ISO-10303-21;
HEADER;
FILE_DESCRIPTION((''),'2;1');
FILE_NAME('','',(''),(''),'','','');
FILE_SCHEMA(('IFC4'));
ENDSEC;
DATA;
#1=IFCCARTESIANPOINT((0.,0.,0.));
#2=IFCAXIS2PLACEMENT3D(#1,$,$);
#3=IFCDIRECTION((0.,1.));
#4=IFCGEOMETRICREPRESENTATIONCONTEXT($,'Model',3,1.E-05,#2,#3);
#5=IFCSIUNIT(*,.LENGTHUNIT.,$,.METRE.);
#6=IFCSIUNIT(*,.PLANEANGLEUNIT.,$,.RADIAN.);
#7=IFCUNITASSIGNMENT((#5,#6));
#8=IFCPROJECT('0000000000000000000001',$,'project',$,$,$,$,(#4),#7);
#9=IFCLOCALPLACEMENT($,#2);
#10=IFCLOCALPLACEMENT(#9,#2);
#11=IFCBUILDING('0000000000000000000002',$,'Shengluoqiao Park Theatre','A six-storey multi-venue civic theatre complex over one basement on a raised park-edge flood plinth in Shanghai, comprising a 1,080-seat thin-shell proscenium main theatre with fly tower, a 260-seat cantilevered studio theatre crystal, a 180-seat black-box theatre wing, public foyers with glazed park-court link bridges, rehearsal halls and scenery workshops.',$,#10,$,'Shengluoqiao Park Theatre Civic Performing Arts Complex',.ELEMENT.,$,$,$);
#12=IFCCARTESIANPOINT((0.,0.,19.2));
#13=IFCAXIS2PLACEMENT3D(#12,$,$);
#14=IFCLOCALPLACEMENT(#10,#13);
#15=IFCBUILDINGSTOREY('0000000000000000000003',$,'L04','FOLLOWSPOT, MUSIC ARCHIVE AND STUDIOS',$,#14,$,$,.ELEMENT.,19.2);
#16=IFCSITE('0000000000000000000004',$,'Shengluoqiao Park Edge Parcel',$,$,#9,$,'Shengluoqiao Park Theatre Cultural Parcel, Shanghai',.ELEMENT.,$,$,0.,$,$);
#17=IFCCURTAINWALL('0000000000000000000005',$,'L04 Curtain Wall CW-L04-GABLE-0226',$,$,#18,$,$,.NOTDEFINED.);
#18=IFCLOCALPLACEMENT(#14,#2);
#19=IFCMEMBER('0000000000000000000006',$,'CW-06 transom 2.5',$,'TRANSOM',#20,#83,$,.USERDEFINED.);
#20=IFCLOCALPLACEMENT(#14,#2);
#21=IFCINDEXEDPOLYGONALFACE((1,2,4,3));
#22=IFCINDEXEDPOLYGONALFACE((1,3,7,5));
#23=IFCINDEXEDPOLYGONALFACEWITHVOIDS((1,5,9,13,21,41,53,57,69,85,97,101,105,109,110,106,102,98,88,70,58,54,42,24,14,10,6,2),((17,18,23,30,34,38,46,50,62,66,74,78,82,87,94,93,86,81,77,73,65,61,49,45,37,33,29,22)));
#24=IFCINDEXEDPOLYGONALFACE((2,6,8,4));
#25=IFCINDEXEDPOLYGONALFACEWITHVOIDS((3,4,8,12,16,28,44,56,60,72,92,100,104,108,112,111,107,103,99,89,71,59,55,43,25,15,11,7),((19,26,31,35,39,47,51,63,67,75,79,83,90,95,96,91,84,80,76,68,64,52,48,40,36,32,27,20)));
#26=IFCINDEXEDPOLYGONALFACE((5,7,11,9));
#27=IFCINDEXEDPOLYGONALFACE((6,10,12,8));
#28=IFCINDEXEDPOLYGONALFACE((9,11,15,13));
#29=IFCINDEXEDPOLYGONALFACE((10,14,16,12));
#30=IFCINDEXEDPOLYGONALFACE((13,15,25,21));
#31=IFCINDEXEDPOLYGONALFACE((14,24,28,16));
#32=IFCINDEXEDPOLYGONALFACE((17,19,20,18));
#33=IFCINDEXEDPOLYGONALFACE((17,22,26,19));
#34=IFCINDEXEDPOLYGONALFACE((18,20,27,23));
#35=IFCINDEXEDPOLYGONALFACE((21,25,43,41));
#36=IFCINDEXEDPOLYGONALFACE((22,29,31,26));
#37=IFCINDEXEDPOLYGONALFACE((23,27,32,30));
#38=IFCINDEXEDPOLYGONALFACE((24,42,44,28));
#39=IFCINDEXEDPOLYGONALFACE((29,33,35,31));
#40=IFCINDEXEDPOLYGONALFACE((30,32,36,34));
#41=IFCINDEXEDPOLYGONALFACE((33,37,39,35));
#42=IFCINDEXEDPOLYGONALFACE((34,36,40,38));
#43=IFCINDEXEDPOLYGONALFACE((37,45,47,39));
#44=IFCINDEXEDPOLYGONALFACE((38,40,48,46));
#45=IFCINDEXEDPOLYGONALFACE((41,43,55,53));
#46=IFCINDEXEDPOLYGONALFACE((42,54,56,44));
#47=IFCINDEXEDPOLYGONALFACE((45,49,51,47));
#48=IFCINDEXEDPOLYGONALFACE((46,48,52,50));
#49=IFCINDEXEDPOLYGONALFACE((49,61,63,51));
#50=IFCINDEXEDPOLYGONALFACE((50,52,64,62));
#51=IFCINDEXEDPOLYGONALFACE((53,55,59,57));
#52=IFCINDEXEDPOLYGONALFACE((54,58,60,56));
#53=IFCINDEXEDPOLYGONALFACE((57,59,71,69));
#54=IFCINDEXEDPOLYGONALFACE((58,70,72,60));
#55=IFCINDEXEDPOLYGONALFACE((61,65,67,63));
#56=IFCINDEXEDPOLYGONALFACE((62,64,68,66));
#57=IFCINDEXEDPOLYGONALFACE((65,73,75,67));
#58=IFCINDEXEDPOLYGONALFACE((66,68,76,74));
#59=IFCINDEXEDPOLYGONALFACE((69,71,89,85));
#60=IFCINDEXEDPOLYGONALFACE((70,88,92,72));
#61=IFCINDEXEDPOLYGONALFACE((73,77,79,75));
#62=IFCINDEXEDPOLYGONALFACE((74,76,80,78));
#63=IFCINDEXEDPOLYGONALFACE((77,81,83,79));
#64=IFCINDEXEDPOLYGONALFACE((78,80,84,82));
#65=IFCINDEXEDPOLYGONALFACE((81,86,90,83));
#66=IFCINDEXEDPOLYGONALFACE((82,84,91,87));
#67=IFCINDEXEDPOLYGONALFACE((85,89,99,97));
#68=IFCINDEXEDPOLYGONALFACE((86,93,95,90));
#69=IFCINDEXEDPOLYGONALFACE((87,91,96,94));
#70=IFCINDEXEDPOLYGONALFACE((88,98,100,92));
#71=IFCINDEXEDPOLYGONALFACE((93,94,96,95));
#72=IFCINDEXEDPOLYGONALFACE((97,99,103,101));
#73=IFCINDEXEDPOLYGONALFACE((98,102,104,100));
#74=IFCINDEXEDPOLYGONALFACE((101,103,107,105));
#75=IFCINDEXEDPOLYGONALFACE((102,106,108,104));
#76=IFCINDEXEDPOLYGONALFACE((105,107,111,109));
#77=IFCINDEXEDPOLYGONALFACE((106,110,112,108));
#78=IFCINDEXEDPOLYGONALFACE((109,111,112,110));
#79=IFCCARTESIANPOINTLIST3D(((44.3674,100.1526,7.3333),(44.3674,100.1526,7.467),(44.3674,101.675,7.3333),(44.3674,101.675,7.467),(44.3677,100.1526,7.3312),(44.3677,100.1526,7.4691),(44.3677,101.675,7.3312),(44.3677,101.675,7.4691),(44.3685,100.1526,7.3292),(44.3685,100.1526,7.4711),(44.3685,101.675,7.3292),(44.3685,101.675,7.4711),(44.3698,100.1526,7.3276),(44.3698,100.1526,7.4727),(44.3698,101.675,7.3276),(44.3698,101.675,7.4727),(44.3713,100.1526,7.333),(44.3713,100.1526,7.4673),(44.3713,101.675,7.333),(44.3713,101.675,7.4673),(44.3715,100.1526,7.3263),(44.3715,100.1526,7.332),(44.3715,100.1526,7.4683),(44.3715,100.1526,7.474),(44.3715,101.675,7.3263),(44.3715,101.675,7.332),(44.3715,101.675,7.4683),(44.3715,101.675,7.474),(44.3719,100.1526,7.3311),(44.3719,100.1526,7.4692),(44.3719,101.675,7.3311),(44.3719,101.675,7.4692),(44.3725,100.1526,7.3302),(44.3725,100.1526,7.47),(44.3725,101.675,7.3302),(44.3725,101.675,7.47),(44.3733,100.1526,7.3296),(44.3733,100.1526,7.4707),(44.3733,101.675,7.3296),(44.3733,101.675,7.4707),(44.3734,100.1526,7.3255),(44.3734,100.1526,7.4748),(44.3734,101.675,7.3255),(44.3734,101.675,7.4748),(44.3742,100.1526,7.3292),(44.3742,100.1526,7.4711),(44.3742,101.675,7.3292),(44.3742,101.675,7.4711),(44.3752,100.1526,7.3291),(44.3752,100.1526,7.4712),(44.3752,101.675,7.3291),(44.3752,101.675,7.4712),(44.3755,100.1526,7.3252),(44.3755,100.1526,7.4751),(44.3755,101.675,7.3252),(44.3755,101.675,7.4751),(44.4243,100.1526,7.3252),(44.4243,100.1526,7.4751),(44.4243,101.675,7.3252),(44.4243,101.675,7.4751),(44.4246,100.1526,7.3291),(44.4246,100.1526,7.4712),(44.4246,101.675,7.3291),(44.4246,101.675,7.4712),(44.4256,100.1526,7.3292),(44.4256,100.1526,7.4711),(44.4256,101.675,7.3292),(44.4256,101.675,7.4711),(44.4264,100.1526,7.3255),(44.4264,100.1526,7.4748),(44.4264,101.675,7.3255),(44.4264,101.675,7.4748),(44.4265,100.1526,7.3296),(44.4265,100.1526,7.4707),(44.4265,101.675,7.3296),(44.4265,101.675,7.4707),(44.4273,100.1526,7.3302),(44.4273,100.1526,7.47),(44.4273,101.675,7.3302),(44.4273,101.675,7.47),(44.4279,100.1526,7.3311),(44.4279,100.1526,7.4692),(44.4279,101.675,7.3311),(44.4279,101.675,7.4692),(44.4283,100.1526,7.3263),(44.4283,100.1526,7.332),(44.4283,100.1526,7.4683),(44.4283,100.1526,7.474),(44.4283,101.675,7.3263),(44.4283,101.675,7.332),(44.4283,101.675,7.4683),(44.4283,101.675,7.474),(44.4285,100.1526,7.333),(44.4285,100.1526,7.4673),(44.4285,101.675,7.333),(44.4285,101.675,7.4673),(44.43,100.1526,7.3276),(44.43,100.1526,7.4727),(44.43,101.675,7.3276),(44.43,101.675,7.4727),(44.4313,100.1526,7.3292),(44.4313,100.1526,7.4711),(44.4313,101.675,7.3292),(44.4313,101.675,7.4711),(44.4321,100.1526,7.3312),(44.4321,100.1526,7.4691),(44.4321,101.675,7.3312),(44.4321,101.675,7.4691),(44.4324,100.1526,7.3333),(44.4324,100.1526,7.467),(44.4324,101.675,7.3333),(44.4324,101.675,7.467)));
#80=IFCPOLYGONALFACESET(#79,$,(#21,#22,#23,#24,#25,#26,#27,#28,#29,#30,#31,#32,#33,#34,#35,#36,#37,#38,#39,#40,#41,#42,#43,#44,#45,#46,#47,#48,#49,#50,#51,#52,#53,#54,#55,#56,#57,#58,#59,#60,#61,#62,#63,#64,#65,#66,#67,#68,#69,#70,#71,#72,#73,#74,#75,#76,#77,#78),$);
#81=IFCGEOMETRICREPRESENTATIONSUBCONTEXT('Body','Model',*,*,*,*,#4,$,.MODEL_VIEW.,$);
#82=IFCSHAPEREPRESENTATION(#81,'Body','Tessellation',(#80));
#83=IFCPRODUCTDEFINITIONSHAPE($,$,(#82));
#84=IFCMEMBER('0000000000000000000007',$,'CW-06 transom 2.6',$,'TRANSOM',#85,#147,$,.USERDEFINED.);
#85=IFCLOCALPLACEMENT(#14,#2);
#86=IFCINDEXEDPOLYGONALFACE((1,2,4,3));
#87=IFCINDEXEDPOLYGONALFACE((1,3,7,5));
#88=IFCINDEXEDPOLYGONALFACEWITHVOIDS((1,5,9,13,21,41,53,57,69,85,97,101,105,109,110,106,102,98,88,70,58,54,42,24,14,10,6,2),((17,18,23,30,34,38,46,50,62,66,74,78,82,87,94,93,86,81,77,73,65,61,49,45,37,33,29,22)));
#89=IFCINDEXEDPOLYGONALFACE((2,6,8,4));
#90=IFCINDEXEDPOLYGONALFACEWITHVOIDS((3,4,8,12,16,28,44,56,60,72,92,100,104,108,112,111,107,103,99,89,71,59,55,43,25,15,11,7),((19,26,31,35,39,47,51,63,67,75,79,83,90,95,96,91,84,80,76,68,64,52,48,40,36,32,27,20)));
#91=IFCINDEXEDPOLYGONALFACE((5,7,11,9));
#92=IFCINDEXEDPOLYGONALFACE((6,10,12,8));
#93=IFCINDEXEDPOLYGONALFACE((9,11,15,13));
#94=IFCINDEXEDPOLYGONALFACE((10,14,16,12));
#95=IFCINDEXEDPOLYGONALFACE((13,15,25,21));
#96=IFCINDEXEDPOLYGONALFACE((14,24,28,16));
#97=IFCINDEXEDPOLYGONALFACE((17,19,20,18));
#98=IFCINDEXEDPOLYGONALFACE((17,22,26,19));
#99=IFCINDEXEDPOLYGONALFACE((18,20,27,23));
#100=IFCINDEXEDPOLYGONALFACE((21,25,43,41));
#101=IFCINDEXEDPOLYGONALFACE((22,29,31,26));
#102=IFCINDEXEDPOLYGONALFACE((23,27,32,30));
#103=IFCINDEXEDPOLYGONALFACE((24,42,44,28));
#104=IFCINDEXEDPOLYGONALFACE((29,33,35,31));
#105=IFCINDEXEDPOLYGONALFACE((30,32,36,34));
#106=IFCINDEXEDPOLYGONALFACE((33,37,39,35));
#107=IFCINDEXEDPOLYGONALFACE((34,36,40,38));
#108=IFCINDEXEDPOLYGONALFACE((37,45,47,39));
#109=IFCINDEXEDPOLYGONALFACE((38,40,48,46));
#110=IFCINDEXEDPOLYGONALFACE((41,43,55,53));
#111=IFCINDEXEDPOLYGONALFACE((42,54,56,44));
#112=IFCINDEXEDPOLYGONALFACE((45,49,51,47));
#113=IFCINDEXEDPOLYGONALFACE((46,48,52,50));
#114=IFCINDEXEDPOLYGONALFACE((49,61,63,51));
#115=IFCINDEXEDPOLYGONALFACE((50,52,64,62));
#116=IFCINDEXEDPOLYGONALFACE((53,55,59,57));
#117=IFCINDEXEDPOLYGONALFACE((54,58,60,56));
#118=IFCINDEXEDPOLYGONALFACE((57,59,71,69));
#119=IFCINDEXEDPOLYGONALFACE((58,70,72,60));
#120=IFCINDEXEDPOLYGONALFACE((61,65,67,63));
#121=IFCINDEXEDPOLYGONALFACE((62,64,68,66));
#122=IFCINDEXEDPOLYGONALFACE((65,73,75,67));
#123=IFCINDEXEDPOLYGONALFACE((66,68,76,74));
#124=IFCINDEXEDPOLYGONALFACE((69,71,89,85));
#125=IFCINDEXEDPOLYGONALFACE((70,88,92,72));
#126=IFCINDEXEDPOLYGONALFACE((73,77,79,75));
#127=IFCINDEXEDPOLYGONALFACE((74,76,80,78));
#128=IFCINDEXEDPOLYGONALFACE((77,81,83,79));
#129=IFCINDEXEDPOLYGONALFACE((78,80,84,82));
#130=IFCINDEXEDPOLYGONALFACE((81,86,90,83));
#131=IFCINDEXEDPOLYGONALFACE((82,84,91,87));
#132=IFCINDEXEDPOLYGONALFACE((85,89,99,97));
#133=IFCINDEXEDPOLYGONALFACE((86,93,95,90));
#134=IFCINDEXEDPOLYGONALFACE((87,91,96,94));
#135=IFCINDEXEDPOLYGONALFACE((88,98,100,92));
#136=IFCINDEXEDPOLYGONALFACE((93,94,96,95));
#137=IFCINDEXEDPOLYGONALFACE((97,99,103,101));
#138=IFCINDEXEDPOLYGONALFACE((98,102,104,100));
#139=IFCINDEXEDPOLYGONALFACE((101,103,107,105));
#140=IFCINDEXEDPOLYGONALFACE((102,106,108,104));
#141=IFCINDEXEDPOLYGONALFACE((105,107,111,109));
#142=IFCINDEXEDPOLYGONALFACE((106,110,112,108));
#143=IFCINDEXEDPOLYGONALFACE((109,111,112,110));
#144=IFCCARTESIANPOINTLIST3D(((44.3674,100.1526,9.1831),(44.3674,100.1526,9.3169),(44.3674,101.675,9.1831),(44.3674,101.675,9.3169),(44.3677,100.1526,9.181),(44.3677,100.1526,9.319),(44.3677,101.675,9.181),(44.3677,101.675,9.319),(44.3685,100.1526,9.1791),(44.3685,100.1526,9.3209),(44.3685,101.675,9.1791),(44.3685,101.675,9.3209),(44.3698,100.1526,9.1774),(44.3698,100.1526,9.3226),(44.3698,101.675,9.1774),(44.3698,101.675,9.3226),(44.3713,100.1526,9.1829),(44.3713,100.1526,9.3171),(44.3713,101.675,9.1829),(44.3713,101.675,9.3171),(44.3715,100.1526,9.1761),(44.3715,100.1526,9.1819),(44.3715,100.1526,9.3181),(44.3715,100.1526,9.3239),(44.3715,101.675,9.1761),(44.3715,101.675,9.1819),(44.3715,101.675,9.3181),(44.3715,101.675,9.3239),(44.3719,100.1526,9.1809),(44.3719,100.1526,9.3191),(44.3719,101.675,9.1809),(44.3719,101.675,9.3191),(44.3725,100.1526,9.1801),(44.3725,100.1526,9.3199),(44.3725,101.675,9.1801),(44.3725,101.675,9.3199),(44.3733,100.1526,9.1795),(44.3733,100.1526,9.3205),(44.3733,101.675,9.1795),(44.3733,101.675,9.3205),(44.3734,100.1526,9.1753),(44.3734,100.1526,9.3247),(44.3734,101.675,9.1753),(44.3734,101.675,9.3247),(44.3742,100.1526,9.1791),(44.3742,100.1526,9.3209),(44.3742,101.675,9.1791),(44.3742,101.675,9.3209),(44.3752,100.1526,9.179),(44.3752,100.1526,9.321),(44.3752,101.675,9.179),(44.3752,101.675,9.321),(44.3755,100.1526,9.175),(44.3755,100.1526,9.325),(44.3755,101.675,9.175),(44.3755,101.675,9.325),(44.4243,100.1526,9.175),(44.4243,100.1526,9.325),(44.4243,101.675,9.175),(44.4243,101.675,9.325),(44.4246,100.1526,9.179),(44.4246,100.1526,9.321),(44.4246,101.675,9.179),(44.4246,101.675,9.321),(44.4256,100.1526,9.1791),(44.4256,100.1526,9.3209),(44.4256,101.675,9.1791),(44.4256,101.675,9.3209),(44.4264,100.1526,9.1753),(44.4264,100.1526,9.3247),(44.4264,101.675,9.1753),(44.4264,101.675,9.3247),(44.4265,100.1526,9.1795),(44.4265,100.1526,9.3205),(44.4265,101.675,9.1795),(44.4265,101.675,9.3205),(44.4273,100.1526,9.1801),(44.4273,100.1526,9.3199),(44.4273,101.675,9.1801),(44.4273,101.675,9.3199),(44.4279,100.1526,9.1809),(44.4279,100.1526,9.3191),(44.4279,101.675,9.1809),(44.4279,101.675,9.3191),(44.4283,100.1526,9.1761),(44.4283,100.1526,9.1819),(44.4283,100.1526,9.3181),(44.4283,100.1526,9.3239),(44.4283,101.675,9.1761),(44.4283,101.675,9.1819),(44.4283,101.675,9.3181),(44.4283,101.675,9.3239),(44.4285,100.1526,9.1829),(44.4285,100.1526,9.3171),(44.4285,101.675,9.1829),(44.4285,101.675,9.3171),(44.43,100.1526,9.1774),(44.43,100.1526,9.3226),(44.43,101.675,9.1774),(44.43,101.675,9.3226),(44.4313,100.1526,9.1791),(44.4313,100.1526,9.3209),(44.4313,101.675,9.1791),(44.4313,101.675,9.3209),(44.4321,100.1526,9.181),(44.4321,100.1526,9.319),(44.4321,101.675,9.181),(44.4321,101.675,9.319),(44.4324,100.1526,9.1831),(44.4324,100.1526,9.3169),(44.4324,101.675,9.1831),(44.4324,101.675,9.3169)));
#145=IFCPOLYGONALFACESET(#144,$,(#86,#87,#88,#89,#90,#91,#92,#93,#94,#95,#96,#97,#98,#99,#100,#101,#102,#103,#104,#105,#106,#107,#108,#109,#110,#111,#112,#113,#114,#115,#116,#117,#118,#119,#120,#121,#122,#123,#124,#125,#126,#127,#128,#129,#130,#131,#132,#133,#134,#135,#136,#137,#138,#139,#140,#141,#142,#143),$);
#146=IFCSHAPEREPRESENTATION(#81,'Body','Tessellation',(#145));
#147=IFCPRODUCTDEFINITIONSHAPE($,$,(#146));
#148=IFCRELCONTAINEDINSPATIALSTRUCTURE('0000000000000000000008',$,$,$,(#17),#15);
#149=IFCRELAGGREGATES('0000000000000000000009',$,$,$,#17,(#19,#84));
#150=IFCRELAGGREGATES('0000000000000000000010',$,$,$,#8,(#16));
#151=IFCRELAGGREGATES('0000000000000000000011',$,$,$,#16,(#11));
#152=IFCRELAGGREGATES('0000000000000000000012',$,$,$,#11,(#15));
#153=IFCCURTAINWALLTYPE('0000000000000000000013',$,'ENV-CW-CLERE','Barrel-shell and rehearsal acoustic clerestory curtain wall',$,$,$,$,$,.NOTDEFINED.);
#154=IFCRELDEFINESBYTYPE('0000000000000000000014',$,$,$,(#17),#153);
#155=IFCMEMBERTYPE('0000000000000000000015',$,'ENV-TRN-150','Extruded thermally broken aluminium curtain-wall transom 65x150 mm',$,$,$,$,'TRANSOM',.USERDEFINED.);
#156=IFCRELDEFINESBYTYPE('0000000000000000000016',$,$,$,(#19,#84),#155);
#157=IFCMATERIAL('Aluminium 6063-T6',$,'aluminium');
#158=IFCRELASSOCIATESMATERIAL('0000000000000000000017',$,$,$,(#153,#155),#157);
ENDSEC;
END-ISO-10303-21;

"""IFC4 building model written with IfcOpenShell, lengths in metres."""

from ifc_helpers import new_model, si_unit, direction, frame, origin, origin_2d, place, context, subcontext, project, spatial, hollow_rectangle, extrude, material, material_profile, profile_set, type_object, element, aggregate, save


model = new_model("IFC4")

# Units and contexts
model_context = context("Model", 3, precision=1e-05, world=origin(), true_north=direction((0.0, 1.0)))
body_context = subcontext(model_context, "Body", "Model", "MODEL_VIEW")
ifc_project = project(units=[si_unit("LENGTHUNIT", "METRE"), si_unit("PLANEANGLEUNIT", "RADIAN")], contexts=[model_context])

# Site, building, storey
site_placement = place(None, origin())
site = spatial("IfcSite", under=ifc_project, at=site_placement, Name="Shengluoqiao Park Edge Parcel", LongName="Shengluoqiao Park Theatre Cultural Parcel, Shanghai", CompositionType="ELEMENT", RefElevation=0.0)
building_placement = place(site_placement, origin())
building = spatial("IfcBuilding", under=site, at=building_placement, Name="Shengluoqiao Park Theatre", Description="A six-storey multi-venue civic theatre complex over one basement on a raised park-edge flood plinth in Shanghai, comprising a 1,080-seat thin-shell proscenium main theatre with fly tower, a 260-seat cantilevered studio theatre crystal, a 180-seat black-box theatre wing, public foyers with glazed park-court link bridges, rehearsal halls and scenery workshops.", LongName="Shengluoqiao Park Theatre Civic Performing Arts Complex", CompositionType="ELEMENT")
storey_placement = place(building_placement, frame((0.0, 0.0, 19.2)))
storey = spatial("IfcBuildingStorey", under=building, at=storey_placement, Name="L04", Description="FOLLOWSPOT, MUSIC ARCHIVE AND STUDIOS", CompositionType="ELEMENT", Elevation=19.2)

# Curtain wall, members
ifc_material_1 = material(Name="Aluminium 6063-T6", Category="aluminium")
curtain_wall_type = type_object("IfcCurtainWallType", Name="ENV-CW-CLERE", Description="Barrel-shell and rehearsal acoustic clerestory curtain wall", PredefinedType="NOTDEFINED", material=ifc_material_1)
ifc_material_profile = material_profile(ifc_material_1, hollow_rectangle(XDim=0.0649, YDim=0.1499, WallThickness=0.0039, InnerFilletRadius=0.0039, OuterFilletRadius=0.0081, at=origin_2d()), Name="ALU TRANSOM 150x65x4")
ifc_profile_set = profile_set([ifc_material_profile], Name="Aluminium 6063-T6")
member_type = type_object("IfcMemberType", Name="ENV-TRN-150", Description="Extruded thermally broken aluminium curtain-wall transom 65x150 mm", ElementType="TRANSOM", PredefinedType="USERDEFINED", material=ifc_profile_set)
curtain_wall_1_placement = place(storey_placement, origin())
curtain_wall_1 = element("IfcCurtainWall", 1, at=curtain_wall_1_placement, inside=storey, type_object=curtain_wall_type, Name="L04 Curtain Wall CW-L04-GABLE-0226", PredefinedType="NOTDEFINED")
member_1_placement = place(storey_placement, frame((44.3999, 100.1526, 7.4001), z_axis=(0.0, 1.0, 0.0), x_axis=(-1.0, 0.0, 0.0)))
member_1 = element("IfcMember", 2, at=member_1_placement, type_object=member_type, Name="CW-06 transom 2.5", ObjectType="TRANSOM", PredefinedType="USERDEFINED", context=body_context, shape_type="SweptSolid", body=[
    extrude(hollow_rectangle(XDim=0.0649, YDim=0.1499, WallThickness=0.0039, InnerFilletRadius=0.0039, OuterFilletRadius=0.0081, at=origin_2d()), origin(), (0.0, 0.0, 1.0), 1.5225),
])
member_2_placement = place(storey_placement, frame((44.3999, 100.1526, 9.25), z_axis=(0.0, 1.0, 0.0), x_axis=(-1.0, 0.0, 0.0)))
member_2 = element("IfcMember", 3, at=member_2_placement, type_object=member_type, Name="CW-06 transom 2.6", ObjectType="TRANSOM", PredefinedType="USERDEFINED", context=body_context, shape_type="SweptSolid", body=[
    extrude(hollow_rectangle(XDim=0.0649, YDim=0.1499, WallThickness=0.0039, InnerFilletRadius=0.0039, OuterFilletRadius=0.0081, at=origin_2d()), origin(), (0.0, 0.0, 1.0), 1.5225),
])

aggregate(curtain_wall_1, [member_1, member_2])

save(model, "model.ifc")
